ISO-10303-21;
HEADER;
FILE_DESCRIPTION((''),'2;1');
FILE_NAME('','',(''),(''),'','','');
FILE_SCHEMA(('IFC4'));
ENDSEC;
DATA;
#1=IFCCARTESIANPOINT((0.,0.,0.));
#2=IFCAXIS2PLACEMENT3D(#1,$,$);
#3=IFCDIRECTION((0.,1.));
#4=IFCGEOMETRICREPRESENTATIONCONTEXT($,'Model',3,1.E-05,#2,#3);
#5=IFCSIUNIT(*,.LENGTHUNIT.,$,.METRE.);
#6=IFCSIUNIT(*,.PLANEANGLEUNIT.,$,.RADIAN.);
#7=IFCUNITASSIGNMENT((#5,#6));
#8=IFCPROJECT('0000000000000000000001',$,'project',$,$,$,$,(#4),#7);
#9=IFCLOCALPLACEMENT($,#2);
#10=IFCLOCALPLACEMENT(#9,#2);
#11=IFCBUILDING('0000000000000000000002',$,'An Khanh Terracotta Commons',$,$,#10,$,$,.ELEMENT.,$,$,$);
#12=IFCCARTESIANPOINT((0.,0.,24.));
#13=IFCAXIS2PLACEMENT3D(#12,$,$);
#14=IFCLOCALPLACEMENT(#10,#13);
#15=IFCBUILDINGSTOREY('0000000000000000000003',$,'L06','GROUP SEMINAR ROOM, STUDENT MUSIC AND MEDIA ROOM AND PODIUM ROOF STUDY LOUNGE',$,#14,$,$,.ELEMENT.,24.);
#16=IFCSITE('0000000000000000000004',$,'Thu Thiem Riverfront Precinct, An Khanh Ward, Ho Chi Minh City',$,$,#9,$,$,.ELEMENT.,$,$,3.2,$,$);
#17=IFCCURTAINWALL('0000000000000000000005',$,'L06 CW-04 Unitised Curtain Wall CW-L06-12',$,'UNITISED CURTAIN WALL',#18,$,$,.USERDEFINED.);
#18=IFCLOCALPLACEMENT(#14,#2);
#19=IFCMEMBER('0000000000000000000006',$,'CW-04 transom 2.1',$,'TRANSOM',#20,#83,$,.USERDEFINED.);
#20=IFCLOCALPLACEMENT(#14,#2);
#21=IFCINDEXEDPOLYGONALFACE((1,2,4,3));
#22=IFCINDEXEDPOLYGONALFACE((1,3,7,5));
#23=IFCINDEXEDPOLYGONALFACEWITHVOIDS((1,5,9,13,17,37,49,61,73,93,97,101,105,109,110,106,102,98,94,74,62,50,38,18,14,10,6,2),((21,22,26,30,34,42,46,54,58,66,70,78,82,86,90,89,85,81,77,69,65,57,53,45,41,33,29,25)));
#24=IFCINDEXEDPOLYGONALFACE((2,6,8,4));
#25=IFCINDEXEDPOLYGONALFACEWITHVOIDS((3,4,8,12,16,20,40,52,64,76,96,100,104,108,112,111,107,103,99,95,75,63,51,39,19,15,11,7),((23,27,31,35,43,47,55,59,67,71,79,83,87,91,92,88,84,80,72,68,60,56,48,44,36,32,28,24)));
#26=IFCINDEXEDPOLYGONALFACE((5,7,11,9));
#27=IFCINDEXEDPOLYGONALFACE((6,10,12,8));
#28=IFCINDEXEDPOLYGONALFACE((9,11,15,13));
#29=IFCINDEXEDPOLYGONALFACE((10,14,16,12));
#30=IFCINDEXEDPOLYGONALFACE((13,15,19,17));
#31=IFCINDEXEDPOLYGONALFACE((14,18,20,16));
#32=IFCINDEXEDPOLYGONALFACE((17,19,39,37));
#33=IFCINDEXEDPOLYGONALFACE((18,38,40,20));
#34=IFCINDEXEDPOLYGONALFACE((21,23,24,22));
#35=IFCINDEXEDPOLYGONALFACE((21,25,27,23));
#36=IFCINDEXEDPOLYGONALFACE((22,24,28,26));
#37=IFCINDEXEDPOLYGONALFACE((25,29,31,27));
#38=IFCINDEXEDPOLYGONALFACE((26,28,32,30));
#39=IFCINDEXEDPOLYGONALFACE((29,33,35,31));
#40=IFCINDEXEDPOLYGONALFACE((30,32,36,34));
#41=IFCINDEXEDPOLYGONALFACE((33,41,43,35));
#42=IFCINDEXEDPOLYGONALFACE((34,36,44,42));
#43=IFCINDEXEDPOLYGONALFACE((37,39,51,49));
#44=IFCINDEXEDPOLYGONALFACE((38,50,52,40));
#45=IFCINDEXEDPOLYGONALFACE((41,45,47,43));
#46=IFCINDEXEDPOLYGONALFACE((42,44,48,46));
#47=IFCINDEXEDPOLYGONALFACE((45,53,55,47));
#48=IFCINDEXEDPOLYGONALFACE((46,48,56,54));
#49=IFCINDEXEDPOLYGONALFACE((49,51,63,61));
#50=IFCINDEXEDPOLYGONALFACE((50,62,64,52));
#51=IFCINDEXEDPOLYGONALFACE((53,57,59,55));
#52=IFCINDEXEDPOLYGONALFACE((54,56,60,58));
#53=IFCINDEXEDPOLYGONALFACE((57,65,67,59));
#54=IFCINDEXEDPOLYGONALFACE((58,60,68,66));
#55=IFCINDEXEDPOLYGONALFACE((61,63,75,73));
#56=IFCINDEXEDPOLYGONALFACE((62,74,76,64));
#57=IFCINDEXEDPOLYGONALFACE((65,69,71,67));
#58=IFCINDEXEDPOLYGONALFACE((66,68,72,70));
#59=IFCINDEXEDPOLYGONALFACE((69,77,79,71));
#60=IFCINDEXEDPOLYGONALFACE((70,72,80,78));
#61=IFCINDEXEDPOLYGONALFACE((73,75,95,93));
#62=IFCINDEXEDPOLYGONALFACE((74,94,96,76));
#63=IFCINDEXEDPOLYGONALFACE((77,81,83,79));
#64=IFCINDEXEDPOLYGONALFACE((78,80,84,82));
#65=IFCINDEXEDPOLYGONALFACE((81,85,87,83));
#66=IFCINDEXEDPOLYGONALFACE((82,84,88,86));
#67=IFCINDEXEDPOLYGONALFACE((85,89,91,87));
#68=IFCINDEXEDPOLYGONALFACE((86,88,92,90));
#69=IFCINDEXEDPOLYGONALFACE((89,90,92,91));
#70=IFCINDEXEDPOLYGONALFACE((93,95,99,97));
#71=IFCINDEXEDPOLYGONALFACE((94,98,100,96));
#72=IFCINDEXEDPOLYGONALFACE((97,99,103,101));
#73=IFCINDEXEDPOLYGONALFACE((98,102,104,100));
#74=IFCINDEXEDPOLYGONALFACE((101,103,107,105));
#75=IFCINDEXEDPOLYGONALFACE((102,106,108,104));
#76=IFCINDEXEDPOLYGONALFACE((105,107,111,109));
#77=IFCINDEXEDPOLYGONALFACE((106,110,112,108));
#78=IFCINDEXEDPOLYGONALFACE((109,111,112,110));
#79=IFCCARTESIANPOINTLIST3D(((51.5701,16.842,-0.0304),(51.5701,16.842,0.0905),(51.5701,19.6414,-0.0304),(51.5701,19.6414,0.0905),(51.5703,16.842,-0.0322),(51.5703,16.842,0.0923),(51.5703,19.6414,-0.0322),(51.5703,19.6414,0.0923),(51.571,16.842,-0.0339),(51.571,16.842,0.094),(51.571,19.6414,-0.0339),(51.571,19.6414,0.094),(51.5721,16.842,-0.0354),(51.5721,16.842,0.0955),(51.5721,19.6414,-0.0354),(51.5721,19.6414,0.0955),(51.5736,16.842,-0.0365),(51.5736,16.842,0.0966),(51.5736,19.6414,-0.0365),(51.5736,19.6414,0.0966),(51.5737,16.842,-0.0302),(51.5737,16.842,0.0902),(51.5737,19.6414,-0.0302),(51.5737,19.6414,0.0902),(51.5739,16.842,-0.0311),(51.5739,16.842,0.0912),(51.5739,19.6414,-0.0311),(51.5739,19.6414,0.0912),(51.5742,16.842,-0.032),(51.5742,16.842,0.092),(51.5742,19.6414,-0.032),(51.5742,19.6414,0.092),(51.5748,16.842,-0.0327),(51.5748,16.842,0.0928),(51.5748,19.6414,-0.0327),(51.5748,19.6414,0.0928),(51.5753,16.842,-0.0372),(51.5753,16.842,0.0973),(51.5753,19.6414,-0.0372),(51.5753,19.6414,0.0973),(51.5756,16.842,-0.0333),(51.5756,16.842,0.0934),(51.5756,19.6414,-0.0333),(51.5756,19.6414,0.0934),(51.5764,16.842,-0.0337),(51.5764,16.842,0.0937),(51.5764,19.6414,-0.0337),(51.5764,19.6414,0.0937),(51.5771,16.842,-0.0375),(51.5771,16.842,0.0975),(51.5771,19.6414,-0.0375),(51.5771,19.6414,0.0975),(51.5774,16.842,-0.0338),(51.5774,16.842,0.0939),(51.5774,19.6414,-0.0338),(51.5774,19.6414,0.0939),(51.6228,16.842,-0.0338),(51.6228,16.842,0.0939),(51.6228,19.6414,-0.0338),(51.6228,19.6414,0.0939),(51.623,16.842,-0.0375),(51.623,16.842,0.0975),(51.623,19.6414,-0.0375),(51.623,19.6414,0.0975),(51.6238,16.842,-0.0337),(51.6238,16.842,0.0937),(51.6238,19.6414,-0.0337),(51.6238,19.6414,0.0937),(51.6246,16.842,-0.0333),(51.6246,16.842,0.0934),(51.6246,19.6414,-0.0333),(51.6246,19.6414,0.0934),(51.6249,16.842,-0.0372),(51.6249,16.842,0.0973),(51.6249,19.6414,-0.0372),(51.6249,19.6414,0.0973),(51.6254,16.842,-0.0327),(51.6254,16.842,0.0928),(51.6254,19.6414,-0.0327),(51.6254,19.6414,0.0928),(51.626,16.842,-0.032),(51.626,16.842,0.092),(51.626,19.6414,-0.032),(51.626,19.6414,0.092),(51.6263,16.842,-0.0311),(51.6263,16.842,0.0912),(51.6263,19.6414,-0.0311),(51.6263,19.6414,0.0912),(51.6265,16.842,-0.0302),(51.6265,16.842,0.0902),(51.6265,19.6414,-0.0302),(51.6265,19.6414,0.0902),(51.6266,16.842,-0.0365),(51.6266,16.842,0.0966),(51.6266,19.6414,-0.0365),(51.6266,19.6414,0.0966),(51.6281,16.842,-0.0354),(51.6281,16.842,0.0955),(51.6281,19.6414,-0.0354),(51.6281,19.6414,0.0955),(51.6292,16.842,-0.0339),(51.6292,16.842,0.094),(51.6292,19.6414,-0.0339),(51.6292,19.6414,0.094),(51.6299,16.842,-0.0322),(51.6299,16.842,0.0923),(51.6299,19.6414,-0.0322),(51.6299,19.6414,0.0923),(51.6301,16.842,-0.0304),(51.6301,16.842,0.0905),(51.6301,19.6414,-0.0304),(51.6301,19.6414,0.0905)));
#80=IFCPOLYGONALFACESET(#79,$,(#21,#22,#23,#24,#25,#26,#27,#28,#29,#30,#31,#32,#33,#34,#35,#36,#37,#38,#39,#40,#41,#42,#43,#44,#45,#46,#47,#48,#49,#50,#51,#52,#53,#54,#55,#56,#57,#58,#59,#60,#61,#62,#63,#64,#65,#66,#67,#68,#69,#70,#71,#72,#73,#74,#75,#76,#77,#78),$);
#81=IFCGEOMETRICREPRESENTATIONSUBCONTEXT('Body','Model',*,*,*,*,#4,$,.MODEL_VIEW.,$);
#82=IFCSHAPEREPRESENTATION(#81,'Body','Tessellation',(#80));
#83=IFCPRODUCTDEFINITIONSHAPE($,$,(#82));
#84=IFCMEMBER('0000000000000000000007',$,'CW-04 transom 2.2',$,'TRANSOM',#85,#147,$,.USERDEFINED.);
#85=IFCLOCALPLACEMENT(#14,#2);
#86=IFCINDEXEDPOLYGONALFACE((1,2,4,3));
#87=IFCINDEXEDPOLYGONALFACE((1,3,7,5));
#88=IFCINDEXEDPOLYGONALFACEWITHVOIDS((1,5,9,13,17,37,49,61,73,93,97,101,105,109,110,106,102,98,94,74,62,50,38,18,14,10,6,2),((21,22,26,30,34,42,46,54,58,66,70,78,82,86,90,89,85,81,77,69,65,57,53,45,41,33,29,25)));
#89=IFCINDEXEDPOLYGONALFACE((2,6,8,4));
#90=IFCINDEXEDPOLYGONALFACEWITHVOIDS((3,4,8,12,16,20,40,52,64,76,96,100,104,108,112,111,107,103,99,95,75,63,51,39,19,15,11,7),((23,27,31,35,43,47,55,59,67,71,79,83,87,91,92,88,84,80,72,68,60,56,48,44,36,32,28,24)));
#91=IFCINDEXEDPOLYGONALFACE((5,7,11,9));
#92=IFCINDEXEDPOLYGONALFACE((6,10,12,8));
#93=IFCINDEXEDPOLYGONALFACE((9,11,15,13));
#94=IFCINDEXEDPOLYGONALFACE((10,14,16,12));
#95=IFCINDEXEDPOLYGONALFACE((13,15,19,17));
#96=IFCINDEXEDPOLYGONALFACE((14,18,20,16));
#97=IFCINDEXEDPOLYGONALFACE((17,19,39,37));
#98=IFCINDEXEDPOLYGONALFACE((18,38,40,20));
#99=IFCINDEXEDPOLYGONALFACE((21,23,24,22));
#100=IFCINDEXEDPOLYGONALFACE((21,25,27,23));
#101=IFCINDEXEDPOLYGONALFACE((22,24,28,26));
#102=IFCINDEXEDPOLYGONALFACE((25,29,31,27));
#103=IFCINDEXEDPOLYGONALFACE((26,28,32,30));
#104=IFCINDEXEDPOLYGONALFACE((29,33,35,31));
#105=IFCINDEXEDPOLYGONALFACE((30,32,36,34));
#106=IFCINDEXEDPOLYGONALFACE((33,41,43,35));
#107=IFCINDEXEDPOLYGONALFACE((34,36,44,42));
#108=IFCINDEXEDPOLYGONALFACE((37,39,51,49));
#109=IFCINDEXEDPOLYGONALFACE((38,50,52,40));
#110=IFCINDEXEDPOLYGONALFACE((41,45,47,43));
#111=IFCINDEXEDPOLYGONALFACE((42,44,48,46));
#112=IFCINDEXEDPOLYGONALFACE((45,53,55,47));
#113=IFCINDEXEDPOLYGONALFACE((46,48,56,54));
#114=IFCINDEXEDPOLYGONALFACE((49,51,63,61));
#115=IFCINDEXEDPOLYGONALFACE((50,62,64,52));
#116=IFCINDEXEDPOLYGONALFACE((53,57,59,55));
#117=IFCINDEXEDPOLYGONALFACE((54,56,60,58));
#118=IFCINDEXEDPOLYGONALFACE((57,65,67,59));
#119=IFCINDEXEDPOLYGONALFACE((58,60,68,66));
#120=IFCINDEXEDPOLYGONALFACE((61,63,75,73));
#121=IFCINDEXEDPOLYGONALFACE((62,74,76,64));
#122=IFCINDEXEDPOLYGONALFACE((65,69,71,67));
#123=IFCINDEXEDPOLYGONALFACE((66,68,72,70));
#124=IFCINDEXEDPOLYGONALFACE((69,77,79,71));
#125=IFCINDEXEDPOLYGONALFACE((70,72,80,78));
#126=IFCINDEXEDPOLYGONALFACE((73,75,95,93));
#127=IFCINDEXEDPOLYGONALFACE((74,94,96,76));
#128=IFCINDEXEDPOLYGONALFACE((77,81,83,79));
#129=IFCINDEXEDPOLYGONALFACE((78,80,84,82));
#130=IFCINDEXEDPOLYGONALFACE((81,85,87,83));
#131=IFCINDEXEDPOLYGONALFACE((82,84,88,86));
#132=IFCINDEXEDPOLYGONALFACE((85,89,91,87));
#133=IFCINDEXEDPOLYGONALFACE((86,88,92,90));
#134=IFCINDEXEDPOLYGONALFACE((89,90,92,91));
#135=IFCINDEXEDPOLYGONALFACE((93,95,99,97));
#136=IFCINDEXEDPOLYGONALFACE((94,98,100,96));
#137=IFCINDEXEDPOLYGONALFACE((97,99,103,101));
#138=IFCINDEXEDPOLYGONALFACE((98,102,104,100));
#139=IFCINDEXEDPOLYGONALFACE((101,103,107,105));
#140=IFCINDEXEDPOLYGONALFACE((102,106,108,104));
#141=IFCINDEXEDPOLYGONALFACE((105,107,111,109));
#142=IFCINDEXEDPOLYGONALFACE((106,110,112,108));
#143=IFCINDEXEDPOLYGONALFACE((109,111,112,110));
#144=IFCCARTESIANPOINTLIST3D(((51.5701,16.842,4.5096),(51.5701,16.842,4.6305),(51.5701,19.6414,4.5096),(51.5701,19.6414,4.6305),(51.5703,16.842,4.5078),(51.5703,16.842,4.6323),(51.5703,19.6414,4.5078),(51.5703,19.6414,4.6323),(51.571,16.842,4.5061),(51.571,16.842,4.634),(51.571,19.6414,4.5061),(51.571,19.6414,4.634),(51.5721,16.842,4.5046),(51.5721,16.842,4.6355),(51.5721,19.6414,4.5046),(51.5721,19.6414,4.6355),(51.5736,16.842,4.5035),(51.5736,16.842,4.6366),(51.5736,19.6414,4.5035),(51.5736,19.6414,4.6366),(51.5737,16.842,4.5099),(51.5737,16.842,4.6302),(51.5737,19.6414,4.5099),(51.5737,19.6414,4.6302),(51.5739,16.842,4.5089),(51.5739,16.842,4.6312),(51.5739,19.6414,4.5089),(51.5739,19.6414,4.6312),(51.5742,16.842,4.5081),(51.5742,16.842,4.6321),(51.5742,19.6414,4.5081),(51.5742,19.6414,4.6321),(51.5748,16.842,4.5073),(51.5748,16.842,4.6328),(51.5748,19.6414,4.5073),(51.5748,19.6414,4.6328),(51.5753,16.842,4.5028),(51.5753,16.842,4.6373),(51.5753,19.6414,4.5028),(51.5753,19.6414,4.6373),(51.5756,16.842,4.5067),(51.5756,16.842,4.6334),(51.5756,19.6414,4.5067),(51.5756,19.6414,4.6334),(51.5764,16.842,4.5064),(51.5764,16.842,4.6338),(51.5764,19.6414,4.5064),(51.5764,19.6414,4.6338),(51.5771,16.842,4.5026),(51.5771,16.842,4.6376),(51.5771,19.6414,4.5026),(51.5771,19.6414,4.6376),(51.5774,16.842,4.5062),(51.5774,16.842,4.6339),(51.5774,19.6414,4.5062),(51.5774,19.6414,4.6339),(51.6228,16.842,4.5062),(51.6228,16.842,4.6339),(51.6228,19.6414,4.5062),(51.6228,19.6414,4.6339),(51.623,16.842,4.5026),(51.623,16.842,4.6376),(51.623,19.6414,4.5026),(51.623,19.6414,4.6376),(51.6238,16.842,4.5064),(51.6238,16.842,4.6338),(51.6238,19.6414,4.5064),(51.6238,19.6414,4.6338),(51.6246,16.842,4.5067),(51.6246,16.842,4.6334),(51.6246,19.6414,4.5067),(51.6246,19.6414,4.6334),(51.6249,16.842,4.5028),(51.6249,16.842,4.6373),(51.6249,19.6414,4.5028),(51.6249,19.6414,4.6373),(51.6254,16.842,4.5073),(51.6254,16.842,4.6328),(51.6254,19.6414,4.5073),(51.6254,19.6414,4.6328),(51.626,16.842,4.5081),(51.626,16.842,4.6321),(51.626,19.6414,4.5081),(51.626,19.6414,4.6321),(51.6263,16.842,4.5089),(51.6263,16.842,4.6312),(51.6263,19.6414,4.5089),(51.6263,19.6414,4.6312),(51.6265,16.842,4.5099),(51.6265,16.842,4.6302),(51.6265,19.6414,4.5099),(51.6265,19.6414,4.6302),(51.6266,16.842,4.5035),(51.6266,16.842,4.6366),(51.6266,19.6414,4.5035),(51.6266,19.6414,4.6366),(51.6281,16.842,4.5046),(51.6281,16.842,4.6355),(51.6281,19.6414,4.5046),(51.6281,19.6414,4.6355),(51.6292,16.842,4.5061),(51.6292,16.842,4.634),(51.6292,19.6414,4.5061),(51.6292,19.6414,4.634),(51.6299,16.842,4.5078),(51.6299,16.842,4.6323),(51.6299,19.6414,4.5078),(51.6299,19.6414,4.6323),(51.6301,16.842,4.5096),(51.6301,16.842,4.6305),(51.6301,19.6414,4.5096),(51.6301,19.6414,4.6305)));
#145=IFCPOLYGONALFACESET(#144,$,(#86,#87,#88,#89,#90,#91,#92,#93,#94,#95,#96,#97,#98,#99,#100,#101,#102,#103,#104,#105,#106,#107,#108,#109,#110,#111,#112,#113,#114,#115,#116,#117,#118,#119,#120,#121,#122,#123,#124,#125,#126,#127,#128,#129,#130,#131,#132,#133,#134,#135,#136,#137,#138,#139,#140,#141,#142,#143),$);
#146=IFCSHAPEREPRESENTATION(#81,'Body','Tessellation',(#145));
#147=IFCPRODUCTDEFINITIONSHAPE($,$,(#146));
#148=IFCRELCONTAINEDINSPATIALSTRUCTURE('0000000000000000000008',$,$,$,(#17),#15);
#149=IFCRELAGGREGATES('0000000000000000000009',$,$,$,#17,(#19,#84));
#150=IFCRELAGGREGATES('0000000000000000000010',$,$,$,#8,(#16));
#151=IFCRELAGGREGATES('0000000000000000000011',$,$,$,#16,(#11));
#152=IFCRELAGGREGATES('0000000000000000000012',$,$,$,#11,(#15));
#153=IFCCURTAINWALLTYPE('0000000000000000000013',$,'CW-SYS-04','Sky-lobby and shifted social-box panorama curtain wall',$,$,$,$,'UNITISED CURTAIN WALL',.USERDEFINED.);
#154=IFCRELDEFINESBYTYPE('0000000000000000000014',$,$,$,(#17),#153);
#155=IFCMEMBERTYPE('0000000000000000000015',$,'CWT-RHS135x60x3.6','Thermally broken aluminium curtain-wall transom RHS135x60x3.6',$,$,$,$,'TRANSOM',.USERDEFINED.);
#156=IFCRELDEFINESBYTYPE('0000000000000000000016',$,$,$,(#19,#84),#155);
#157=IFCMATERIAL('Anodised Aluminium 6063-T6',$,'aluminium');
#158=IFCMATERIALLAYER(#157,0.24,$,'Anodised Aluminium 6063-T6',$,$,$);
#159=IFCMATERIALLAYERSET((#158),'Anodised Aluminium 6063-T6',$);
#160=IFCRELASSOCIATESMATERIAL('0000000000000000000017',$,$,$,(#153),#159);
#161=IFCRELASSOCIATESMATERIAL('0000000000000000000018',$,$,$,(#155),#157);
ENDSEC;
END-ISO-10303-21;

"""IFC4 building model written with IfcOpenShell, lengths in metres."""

from ifc_helpers import new_model, si_unit, direction, frame, origin, origin_2d, place, context, subcontext, project, spatial, hollow_rectangle, extrude, material, layer, layer_set, material_profile, profile_set, type_object, element, aggregate, save


model = new_model("IFC4")

# Units and contexts
model_context = context("Model", 3, precision=1e-05, world=origin(), true_north=direction((0.0, 1.0)))
body_context = subcontext(model_context, "Body", "Model", "MODEL_VIEW")
ifc_project = project(units=[si_unit("LENGTHUNIT", "METRE"), si_unit("PLANEANGLEUNIT", "RADIAN")], contexts=[model_context])

# Site, building, storey
site_placement = place(None, origin())
site = spatial("IfcSite", under=ifc_project, at=site_placement, Name="Thu Thiem Riverfront Precinct, An Khanh Ward, Ho Chi Minh City", CompositionType="ELEMENT", RefElevation=3.2)
building_placement = place(site_placement, origin())
building = spatial("IfcBuilding", under=site, at=building_placement, Name="An Khanh Terracotta Commons", CompositionType="ELEMENT")
storey_placement = place(building_placement, frame((0.0, 0.0, 24.0)))
storey = spatial("IfcBuildingStorey", under=building, at=storey_placement, Name="L06", Description="GROUP SEMINAR ROOM, STUDENT MUSIC AND MEDIA ROOM AND PODIUM ROOF STUDY LOUNGE", CompositionType="ELEMENT", Elevation=24.0)

# Curtain wall, members
ifc_material_1 = material(Name="Anodised Aluminium 6063-T6", Category="aluminium")
ifc_layer_1 = layer(ifc_material_1, 0.24, Name="Anodised Aluminium 6063-T6")
ifc_layer_set_1 = layer_set([ifc_layer_1], Name="Anodised Aluminium 6063-T6")
curtain_wall_type = type_object("IfcCurtainWallType", Name="CW-SYS-04", Description="Sky-lobby and shifted social-box panorama curtain wall", ElementType="UNITISED CURTAIN WALL", PredefinedType="USERDEFINED", material=ifc_layer_set_1)
curtain_wall_placement = place(storey_placement, origin())
curtain_wall = element("IfcCurtainWall", 1, at=curtain_wall_placement, inside=storey, type_object=curtain_wall_type, Name="L06 CW-04 Unitised Curtain Wall CW-L06-12", ObjectType="UNITISED CURTAIN WALL", PredefinedType="USERDEFINED")
ifc_material_profile_1 = material_profile(ifc_material_1, hollow_rectangle(XDim=0.0601, YDim=0.135, WallThickness=0.0037, InnerFilletRadius=0.0037, OuterFilletRadius=0.0071, at=origin_2d()), Name="RHS135x60x3.6")
ifc_profile_set_1 = profile_set([ifc_material_profile_1], Name="Anodised Aluminium 6063-T6")
member_type_1 = type_object("IfcMemberType", Name="CWT-RHS135x60x3.6", Description="Thermally broken aluminium curtain-wall transom RHS135x60x3.6", ElementType="TRANSOM", PredefinedType="USERDEFINED", material=ifc_profile_set_1)
member_1_placement = place(storey_placement, frame((51.6001, 16.842, 0.03), z_axis=(0.0, 1.0, 0.0), x_axis=(-1.0, 0.0, 0.0)))
member_1 = element("IfcMember", 2, at=member_1_placement, type_object=member_type_1, Name="CW-04 transom 2.1", ObjectType="TRANSOM", PredefinedType="USERDEFINED", context=body_context, shape_type="SweptSolid", body=[
    extrude(hollow_rectangle(XDim=0.0601, YDim=0.135, WallThickness=0.0037, InnerFilletRadius=0.0037, OuterFilletRadius=0.0071, at=origin_2d()), origin(), (0.0, 0.0, 1.0), 2.7993),
])
member_2_placement = place(storey_placement, frame((51.6001, 16.842, 4.5701), z_axis=(0.0, 1.0, 0.0), x_axis=(-1.0, 0.0, 0.0)))
member_2 = element("IfcMember", 3, at=member_2_placement, type_object=member_type_1, Name="CW-04 transom 2.2", ObjectType="TRANSOM", PredefinedType="USERDEFINED", context=body_context, shape_type="SweptSolid", body=[
    extrude(hollow_rectangle(XDim=0.0601, YDim=0.135, WallThickness=0.0037, InnerFilletRadius=0.0037, OuterFilletRadius=0.0071, at=origin_2d()), origin(), (0.0, 0.0, 1.0), 2.7993),
])
aggregate(curtain_wall, [member_1, member_2])

save(model, "model.ifc")
